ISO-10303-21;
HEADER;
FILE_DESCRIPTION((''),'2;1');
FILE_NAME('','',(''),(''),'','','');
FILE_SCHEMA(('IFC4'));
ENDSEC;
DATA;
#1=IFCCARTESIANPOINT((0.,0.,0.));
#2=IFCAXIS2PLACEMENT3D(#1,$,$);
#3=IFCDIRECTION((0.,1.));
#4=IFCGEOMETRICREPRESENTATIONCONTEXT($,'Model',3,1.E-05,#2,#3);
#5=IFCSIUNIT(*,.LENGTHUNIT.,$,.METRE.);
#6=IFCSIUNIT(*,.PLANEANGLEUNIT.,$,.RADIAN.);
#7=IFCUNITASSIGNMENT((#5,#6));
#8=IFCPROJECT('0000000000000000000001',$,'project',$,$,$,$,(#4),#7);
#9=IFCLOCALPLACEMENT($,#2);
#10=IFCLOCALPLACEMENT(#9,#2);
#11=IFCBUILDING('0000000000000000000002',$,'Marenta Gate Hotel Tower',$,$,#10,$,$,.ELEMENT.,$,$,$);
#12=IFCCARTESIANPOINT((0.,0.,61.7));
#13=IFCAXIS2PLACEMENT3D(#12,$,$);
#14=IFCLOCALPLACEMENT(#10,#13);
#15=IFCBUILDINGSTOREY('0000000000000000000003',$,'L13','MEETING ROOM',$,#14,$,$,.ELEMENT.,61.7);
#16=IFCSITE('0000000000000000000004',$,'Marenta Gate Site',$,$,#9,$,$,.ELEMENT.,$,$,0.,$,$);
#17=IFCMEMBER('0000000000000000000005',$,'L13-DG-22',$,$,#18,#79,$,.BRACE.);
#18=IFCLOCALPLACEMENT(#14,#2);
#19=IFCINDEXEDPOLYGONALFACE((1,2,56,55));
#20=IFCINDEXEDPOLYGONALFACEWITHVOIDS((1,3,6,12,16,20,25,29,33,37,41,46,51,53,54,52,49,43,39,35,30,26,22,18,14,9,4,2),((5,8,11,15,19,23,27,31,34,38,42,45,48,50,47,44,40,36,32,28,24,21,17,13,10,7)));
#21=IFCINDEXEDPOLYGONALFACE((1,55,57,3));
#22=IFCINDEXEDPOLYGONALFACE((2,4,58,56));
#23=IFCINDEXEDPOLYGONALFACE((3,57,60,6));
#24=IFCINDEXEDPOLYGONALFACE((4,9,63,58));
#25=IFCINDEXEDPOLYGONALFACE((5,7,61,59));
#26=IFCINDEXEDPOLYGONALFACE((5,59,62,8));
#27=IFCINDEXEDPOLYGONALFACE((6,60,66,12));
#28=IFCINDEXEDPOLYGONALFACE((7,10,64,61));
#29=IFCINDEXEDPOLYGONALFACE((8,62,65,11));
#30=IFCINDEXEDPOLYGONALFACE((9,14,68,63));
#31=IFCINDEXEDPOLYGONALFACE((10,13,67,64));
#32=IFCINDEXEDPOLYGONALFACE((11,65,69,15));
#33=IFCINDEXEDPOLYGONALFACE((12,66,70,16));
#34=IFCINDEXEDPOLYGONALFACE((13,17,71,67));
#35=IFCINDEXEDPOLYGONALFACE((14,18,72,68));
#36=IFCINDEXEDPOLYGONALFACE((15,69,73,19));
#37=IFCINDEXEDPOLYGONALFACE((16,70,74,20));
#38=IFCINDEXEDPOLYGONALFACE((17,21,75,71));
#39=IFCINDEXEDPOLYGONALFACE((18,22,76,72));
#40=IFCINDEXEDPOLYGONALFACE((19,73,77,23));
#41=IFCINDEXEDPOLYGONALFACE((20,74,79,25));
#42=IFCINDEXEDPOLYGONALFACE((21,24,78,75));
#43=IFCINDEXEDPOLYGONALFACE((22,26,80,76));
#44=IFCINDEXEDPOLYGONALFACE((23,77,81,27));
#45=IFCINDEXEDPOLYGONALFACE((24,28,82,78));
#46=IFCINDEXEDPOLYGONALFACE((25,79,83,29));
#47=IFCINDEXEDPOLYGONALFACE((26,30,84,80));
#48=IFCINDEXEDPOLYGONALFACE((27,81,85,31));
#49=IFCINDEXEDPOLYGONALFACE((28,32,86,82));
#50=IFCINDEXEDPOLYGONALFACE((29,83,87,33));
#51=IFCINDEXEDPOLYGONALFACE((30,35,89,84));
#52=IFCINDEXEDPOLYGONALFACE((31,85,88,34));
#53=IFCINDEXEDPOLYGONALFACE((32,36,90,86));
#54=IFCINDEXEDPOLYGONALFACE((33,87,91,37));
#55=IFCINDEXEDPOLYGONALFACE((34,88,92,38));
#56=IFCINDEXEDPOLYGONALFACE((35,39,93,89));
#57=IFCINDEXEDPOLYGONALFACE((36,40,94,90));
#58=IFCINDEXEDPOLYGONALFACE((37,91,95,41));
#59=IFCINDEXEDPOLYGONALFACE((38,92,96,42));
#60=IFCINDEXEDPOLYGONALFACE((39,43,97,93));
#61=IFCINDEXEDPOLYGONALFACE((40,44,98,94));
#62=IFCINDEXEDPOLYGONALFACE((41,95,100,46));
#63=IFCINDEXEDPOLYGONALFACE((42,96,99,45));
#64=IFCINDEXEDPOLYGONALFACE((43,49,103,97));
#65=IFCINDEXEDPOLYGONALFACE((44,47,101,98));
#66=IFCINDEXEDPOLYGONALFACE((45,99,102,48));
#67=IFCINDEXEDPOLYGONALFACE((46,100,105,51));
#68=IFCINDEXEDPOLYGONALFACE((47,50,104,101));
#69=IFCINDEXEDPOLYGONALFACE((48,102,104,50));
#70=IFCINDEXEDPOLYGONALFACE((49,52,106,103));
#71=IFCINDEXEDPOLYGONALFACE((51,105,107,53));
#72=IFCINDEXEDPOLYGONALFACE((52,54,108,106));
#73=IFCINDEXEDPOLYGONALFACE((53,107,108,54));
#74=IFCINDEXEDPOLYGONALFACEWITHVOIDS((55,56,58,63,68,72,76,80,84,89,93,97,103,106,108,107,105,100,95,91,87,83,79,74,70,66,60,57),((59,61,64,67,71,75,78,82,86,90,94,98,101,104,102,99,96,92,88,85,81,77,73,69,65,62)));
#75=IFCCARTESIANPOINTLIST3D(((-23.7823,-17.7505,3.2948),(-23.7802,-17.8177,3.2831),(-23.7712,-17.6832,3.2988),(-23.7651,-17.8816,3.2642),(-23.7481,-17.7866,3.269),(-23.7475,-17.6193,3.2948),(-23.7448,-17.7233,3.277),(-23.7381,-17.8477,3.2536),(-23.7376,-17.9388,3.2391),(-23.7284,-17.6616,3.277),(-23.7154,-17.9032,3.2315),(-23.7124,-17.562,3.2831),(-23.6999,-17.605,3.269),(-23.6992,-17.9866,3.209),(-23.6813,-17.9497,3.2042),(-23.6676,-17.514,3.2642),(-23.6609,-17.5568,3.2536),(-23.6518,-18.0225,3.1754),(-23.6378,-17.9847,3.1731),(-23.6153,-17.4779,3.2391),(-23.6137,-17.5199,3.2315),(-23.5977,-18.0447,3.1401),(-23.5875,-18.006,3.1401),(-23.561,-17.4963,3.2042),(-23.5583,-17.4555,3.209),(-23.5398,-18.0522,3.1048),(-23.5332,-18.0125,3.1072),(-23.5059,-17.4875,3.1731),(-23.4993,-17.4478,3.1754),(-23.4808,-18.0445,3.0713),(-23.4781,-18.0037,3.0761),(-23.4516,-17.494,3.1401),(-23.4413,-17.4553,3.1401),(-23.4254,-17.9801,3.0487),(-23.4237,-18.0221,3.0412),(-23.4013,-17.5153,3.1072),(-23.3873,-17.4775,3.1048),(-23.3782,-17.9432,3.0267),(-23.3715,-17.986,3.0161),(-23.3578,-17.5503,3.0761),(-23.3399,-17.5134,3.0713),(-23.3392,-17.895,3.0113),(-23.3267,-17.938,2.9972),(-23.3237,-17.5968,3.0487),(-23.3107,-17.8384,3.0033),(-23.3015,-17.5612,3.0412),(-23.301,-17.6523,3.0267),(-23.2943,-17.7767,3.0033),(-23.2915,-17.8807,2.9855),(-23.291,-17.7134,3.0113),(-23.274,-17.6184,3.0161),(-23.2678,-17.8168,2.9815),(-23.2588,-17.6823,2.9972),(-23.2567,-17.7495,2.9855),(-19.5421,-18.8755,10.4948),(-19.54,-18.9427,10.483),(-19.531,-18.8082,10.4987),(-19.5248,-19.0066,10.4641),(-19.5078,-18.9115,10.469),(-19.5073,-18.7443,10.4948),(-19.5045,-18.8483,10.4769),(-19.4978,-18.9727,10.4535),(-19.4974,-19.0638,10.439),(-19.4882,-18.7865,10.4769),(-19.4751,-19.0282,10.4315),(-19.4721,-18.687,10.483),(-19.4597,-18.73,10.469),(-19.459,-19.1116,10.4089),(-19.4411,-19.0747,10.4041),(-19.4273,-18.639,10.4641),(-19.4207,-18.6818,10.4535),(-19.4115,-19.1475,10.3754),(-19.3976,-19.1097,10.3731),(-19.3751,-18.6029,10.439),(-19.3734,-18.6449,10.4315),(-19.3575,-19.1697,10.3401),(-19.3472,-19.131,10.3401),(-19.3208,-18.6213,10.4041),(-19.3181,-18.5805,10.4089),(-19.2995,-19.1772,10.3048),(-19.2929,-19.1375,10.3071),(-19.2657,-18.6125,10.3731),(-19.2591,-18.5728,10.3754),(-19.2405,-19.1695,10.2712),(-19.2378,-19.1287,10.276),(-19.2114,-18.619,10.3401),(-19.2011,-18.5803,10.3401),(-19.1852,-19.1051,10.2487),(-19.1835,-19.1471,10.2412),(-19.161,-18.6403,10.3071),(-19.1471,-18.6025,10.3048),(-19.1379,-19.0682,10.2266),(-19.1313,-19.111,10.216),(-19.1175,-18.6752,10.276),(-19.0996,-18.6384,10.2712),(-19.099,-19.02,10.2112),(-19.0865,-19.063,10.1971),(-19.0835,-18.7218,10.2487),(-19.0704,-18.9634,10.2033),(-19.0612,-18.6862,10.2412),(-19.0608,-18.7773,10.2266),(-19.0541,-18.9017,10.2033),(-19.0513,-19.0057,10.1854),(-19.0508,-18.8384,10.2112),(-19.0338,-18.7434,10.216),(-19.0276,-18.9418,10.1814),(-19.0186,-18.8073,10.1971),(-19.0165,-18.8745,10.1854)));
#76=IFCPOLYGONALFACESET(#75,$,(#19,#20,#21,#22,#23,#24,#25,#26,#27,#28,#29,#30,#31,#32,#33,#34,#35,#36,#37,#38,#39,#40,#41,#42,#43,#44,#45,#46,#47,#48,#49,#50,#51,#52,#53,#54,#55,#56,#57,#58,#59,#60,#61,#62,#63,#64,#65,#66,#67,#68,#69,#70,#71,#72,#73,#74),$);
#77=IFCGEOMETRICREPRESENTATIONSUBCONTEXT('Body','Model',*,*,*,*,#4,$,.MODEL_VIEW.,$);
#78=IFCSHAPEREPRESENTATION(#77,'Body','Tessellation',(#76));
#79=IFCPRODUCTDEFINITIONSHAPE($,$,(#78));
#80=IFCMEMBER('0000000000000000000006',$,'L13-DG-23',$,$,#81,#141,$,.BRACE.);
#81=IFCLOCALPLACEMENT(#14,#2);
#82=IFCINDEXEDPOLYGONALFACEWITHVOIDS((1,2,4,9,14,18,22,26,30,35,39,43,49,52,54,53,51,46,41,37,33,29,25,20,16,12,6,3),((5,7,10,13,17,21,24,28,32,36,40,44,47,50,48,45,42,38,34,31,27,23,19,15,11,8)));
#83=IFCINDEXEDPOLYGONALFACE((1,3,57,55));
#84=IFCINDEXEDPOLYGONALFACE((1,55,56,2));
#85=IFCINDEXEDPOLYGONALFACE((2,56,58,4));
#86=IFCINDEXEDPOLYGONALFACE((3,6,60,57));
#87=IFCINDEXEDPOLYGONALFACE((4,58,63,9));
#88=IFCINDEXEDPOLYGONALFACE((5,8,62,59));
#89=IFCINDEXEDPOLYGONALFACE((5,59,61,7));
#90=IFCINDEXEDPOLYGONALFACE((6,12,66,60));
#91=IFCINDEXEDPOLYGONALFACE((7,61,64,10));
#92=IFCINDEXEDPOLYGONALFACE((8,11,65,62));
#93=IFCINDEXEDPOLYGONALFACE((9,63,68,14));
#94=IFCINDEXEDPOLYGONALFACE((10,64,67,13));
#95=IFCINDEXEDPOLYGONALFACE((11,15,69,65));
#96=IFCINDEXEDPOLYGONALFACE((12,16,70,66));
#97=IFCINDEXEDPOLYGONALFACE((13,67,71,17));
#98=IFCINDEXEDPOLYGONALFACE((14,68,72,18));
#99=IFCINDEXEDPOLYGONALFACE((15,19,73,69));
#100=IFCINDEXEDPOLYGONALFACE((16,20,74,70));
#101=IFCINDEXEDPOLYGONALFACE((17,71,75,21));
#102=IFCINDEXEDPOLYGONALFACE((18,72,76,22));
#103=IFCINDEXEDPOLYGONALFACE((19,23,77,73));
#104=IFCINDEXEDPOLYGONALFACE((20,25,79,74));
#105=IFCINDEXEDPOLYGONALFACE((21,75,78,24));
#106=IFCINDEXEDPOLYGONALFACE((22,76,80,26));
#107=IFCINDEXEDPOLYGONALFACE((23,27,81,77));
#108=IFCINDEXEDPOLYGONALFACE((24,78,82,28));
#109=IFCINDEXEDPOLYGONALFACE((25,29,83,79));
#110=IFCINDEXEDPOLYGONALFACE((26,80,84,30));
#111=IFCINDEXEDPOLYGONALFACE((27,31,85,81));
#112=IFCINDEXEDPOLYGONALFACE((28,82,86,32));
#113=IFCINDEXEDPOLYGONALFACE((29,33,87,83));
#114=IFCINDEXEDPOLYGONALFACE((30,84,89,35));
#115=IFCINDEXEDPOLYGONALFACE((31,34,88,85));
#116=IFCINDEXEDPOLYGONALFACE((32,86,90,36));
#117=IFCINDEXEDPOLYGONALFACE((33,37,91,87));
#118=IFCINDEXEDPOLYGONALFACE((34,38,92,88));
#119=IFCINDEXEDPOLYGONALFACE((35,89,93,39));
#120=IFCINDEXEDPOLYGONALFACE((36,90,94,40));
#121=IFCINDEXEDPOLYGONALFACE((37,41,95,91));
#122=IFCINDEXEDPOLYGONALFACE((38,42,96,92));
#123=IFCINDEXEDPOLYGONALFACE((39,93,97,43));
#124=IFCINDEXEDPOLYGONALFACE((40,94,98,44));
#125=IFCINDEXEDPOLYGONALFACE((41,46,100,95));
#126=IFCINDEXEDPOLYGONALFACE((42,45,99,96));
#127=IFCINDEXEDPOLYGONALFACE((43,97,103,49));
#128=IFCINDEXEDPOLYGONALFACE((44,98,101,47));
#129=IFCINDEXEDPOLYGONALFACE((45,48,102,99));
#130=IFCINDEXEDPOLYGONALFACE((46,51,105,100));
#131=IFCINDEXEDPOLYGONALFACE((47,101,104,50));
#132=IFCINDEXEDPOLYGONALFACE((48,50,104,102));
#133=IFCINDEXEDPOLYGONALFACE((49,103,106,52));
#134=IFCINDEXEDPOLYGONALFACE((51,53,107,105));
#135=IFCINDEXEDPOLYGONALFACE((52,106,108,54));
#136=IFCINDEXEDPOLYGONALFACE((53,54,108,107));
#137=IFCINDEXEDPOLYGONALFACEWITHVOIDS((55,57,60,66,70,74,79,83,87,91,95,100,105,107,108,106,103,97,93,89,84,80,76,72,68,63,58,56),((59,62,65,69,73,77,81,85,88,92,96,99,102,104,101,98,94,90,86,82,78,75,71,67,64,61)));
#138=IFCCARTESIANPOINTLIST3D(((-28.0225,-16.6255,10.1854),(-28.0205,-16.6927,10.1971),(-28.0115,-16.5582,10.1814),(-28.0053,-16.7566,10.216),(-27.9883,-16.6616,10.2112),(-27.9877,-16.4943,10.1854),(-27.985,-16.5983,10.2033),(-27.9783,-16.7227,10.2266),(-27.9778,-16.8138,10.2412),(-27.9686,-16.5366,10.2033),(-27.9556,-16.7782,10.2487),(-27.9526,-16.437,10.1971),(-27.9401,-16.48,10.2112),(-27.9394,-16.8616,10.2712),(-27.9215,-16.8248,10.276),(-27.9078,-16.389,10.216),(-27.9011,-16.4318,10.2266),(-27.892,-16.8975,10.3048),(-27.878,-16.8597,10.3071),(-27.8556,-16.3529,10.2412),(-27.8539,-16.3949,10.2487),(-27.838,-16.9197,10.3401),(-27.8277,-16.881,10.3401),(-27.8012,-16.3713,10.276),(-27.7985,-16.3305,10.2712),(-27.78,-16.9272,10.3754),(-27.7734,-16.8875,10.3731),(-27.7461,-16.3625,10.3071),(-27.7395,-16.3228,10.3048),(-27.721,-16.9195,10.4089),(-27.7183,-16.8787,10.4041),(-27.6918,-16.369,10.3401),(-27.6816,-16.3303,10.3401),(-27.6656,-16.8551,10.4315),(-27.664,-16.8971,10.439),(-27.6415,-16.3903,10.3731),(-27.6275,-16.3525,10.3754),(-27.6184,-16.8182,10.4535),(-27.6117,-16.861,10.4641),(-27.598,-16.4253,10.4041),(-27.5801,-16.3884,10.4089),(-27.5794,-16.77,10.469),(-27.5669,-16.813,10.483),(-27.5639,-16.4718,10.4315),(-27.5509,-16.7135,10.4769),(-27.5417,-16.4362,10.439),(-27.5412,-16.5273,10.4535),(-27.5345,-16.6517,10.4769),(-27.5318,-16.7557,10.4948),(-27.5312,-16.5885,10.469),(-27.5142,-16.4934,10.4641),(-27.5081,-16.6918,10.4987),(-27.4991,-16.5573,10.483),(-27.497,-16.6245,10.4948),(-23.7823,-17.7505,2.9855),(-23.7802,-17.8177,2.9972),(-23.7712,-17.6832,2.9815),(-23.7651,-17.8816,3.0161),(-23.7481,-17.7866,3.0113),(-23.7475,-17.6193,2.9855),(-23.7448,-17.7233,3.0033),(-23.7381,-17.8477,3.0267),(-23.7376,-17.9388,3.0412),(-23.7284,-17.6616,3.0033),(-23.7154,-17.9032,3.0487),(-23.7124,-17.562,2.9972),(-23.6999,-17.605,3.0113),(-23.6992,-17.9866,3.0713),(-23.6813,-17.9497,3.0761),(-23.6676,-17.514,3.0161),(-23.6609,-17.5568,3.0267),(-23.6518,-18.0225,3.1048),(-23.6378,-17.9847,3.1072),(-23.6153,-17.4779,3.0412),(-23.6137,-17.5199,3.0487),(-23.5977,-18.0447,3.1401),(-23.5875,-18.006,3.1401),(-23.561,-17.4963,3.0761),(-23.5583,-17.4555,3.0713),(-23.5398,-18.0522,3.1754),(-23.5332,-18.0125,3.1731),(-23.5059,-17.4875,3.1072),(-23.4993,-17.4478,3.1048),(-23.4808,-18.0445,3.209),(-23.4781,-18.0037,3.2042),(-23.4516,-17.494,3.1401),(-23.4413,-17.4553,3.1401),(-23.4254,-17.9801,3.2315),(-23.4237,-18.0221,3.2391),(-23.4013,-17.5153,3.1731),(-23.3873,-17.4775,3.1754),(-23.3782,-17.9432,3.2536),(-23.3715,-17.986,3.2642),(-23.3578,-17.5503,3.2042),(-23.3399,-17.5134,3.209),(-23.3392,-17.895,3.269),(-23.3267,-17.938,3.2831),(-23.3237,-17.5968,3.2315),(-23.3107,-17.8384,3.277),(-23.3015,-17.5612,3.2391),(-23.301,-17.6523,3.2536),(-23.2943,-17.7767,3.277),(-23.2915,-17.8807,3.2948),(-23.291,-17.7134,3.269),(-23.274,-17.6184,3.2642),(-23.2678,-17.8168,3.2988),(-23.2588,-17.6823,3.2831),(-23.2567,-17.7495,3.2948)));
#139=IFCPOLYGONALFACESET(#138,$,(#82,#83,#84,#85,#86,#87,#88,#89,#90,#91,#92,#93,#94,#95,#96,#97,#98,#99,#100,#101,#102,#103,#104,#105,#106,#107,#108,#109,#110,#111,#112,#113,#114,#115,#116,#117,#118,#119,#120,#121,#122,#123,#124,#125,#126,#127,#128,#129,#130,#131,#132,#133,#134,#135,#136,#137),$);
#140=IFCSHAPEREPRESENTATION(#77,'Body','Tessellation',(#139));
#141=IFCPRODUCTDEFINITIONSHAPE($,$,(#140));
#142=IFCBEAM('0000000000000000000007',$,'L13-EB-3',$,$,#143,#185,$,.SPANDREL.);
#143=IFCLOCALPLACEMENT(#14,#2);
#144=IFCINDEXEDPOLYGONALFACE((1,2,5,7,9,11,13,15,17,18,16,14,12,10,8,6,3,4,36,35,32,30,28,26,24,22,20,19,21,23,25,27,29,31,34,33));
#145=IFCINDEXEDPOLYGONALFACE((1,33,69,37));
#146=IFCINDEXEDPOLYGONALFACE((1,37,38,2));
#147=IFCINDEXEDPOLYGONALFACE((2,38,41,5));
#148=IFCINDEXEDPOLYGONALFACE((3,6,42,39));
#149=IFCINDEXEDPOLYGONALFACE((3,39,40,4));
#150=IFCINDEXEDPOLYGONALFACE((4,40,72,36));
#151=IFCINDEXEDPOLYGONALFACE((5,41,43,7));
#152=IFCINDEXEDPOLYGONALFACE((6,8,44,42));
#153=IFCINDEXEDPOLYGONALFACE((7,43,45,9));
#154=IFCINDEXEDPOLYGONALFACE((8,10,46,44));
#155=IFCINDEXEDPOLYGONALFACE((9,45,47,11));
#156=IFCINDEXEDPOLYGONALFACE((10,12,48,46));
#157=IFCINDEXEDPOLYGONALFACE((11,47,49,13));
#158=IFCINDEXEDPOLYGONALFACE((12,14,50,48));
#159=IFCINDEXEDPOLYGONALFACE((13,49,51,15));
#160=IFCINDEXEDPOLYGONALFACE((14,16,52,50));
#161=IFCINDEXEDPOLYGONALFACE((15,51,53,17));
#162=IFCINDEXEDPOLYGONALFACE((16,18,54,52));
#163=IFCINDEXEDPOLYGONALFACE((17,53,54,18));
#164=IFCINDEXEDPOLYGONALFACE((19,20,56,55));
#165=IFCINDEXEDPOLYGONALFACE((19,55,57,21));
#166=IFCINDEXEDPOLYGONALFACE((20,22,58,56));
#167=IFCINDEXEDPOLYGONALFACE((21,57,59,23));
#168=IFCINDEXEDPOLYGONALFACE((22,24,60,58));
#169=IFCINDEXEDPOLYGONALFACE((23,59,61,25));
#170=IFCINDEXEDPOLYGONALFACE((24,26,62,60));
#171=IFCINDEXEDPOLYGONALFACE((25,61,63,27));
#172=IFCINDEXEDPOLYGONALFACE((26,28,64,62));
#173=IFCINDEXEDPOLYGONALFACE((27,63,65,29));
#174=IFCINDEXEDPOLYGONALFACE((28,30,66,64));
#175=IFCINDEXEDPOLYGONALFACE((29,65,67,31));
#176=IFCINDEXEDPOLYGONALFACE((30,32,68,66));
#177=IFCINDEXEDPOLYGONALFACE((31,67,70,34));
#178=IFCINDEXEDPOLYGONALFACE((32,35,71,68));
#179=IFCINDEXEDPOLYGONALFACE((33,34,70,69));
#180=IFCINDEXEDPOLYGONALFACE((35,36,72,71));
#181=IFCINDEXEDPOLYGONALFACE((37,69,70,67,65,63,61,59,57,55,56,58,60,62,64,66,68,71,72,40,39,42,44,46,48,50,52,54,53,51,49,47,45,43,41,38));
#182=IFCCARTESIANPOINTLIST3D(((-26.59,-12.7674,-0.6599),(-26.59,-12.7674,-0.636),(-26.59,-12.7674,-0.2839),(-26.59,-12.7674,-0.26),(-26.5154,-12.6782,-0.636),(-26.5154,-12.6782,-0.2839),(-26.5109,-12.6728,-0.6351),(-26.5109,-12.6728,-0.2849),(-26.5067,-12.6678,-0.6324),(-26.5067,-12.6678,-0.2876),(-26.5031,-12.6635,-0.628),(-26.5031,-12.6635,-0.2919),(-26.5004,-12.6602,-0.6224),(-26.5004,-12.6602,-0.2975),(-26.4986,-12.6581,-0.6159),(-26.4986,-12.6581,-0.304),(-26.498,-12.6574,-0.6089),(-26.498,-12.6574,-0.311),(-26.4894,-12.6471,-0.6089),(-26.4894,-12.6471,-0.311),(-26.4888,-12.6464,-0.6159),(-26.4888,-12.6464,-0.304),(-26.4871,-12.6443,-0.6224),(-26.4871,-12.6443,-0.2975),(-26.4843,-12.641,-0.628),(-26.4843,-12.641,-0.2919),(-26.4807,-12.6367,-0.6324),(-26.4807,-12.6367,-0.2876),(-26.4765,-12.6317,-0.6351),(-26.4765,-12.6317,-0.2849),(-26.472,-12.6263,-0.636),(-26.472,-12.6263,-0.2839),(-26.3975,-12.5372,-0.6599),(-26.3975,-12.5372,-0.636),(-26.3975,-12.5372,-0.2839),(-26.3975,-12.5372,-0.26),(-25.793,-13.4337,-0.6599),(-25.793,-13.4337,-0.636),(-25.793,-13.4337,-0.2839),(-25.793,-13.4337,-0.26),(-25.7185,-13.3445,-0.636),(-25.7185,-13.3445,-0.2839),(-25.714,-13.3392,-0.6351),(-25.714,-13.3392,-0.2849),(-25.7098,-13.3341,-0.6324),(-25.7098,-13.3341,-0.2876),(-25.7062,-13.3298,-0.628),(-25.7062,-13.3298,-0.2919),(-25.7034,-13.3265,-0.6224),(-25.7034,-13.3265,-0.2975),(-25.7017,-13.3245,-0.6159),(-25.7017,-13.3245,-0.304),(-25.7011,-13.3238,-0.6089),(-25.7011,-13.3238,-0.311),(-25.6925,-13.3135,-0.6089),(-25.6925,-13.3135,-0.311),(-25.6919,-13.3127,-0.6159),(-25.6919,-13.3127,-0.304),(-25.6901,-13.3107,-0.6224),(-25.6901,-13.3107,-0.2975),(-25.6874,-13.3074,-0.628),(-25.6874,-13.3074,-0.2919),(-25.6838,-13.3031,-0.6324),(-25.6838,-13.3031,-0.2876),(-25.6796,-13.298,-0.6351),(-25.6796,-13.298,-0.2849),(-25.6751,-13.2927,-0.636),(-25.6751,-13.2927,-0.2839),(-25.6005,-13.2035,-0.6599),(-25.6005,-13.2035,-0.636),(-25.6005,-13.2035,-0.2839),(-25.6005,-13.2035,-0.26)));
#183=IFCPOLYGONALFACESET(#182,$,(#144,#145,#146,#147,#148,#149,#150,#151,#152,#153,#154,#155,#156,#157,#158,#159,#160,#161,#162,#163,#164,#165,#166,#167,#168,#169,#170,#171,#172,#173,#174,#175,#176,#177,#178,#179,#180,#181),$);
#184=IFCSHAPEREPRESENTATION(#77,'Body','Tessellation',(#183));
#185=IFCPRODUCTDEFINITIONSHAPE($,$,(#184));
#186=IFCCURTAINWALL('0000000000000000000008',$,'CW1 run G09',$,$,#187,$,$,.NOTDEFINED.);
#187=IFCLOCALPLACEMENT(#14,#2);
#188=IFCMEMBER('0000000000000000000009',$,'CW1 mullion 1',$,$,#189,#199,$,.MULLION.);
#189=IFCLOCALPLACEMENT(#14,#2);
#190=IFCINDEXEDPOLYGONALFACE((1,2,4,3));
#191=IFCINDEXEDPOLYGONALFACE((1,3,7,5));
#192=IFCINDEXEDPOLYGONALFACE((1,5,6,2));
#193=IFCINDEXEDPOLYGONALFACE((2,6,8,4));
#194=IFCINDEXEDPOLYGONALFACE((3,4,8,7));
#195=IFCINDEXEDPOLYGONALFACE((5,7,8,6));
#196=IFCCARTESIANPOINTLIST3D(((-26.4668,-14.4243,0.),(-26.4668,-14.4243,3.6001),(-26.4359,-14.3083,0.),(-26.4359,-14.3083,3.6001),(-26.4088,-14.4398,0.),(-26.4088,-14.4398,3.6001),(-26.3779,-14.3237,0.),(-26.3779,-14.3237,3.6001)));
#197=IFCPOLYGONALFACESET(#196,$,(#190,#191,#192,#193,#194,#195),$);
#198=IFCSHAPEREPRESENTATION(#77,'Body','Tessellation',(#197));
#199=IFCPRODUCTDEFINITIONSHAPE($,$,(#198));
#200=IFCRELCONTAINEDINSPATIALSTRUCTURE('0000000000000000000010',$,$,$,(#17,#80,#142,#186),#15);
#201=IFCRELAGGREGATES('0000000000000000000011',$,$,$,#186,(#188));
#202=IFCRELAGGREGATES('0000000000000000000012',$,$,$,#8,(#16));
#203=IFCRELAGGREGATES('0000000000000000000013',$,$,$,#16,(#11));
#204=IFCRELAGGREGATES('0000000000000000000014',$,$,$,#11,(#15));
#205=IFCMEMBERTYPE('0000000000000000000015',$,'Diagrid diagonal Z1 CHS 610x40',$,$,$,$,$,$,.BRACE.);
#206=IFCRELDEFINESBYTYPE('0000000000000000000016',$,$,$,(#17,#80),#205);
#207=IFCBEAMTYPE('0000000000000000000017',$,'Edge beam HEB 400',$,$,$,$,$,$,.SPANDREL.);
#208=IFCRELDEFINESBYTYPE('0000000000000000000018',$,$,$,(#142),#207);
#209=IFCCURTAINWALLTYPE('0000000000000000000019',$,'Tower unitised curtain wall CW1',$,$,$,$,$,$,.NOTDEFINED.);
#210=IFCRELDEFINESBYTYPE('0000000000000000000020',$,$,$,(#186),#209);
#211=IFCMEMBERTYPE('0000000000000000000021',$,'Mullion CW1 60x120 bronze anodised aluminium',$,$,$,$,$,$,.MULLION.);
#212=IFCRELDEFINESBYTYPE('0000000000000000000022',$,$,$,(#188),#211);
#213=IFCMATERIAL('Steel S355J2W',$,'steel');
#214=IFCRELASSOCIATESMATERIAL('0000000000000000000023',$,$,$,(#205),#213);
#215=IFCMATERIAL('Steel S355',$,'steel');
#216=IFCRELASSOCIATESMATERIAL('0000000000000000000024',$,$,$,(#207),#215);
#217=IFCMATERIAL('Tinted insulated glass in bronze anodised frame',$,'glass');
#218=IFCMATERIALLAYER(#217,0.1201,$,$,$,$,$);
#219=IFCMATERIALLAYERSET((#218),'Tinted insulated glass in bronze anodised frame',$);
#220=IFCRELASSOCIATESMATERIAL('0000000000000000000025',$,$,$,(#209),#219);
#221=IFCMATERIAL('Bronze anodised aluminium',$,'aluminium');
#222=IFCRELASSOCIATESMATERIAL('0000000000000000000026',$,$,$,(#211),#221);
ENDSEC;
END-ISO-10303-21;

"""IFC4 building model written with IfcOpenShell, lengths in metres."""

from ifc_helpers import new_model, si_unit, direction, frame, origin, origin_2d, place, context, subcontext, project, spatial, rectangle, hollow_circle, i_section, extrude, material, layer, layer_set, material_profile, profile_set, type_object, element, aggregate, save


model = new_model("IFC4")

# Units and contexts
model_context = context("Model", 3, precision=1e-05, world=origin(), true_north=direction((0.0, 1.0)))
body_context = subcontext(model_context, "Body", "Model", "MODEL_VIEW")
ifc_project = project(units=[si_unit("LENGTHUNIT", "METRE"), si_unit("PLANEANGLEUNIT", "RADIAN")], contexts=[model_context])

# Site, building, storey
site_placement = place(None, origin())
site = spatial("IfcSite", under=ifc_project, at=site_placement, Name="Marenta Gate Site", CompositionType="ELEMENT", RefElevation=0.0)
building_placement = place(site_placement, origin())
building = spatial("IfcBuilding", under=site, at=building_placement, Name="Marenta Gate Hotel Tower", CompositionType="ELEMENT")
storey_placement = place(building_placement, frame((0.0, 0.0, 61.7)))
storey = spatial("IfcBuildingStorey", under=building, at=storey_placement, Name="L13", Description="MEETING ROOM", CompositionType="ELEMENT", Elevation=61.7)

# Members
ifc_material_1 = material(Name="Steel S355J2W", Category="steel")
ifc_material_profile_1 = material_profile(ifc_material_1, hollow_circle(Radius=0.3049, WallThickness=0.04, at=origin_2d()), Name="CHS 610x40")
ifc_profile_set_1 = profile_set([ifc_material_profile_1], Name="Steel S355J2W")
member_type_1 = type_object("IfcMemberType", Name="Diagrid diagonal Z1 CHS 610x40", PredefinedType="BRACE", material=ifc_profile_set_1)
for number, where, z_axis, x_axis, name in (
    (1, (-23.5195, -17.75, 3.1401), (0.502924, -0.133434, 0.853969), (0.256443, 0.966559, 0.0), "L13-DG-22"),
    (2, (-23.5195, -17.75, 3.1401), (-0.502924, 0.133434, 0.853969), (-0.256443, -0.966559, 0.0), "L13-DG-23"),
):
    element("IfcMember", number, at=place(storey_placement, frame(where, z_axis=z_axis, x_axis=x_axis)), inside=storey, type_object=member_type_1, Name=name, PredefinedType="BRACE", context=body_context, shape_type="SweptSolid", body=[
        extrude(hollow_circle(Radius=0.3049, WallThickness=0.04, at=origin_2d()), origin(), (0.0, 0.0, 1.0), 8.4312),
    ])

# Beam
ifc_material_2 = material(Name="Steel S355", Category="steel")
ifc_material_profile_2 = material_profile(ifc_material_2, i_section(OverallWidth=0.3, OverallDepth=0.3999, WebThickness=0.0134, FlangeThickness=0.0239, FilletRadius=0.0271, at=origin_2d()), Name="HEB 400")
ifc_profile_set_2 = profile_set([ifc_material_profile_2], Name="Steel S355")
beam_type = type_object("IfcBeamType", Name="Edge beam HEB 400", PredefinedType="SPANDREL", material=ifc_profile_set_2)
beam_placement = place(storey_placement, frame((-25.6968, -13.3186, -0.46), z_axis=(-0.76718, 0.641432, 0.0), x_axis=(-0.641432, -0.76718, 0.0)))
element("IfcBeam", 3, at=beam_placement, inside=storey, type_object=beam_type, Name="L13-EB-3", PredefinedType="SPANDREL", context=body_context, shape_type="SweptSolid", body=[
    extrude(i_section(OverallWidth=0.3, OverallDepth=0.3999, WebThickness=0.0134, FlangeThickness=0.0239, FilletRadius=0.0271, at=origin_2d()), origin(), (0.0, 0.0, 1.0), 1.0388),
])

# Curtain wall, member
ifc_material_3 = material(Name="Tinted insulated glass in bronze anodised frame", Category="glass")
ifc_layer_1 = layer(ifc_material_3, 0.1201)
ifc_layer_set_1 = layer_set([ifc_layer_1], Name="Tinted insulated glass in bronze anodised frame")
curtain_wall_type = type_object("IfcCurtainWallType", Name="Tower unitised curtain wall CW1", PredefinedType="NOTDEFINED", material=ifc_layer_set_1)
curtain_wall_placement = place(storey_placement, origin())
curtain_wall = element("IfcCurtainWall", 4, at=curtain_wall_placement, inside=storey, type_object=curtain_wall_type, Name="CW1 run G09", PredefinedType="NOTDEFINED")
ifc_material_4 = material(Name="Bronze anodised aluminium", Category="aluminium")
ifc_material_profile_3 = material_profile(ifc_material_4, rectangle(XDim=0.1201, YDim=0.0601, at=origin_2d()), Name="Mullion CW1 60x120 bronze anodised aluminium")
ifc_profile_set_3 = profile_set([ifc_material_profile_3], Name="Bronze anodised aluminium")
member_type_2 = type_object("IfcMemberType", Name="Mullion CW1 60x120 bronze anodised aluminium", PredefinedType="MULLION", material=ifc_profile_set_3)
member_1_placement = place(storey_placement, frame((-26.4224, -14.374, 0.0), z_axis=(0.0, 0.0, 1.0), x_axis=(0.257142, 0.966374, 0.0)))
member_1 = element("IfcMember", 5, at=member_1_placement, type_object=member_type_2, Name="CW1 mullion 1", PredefinedType="MULLION", context=body_context, shape_type="SweptSolid", body=[
    extrude(rectangle(XDim=0.1201, YDim=0.0601, at=origin_2d()), origin(), (0.0, 0.0, 1.0), 3.6001),
])
aggregate(curtain_wall, [member_1])

save(model, "model.ifc")
